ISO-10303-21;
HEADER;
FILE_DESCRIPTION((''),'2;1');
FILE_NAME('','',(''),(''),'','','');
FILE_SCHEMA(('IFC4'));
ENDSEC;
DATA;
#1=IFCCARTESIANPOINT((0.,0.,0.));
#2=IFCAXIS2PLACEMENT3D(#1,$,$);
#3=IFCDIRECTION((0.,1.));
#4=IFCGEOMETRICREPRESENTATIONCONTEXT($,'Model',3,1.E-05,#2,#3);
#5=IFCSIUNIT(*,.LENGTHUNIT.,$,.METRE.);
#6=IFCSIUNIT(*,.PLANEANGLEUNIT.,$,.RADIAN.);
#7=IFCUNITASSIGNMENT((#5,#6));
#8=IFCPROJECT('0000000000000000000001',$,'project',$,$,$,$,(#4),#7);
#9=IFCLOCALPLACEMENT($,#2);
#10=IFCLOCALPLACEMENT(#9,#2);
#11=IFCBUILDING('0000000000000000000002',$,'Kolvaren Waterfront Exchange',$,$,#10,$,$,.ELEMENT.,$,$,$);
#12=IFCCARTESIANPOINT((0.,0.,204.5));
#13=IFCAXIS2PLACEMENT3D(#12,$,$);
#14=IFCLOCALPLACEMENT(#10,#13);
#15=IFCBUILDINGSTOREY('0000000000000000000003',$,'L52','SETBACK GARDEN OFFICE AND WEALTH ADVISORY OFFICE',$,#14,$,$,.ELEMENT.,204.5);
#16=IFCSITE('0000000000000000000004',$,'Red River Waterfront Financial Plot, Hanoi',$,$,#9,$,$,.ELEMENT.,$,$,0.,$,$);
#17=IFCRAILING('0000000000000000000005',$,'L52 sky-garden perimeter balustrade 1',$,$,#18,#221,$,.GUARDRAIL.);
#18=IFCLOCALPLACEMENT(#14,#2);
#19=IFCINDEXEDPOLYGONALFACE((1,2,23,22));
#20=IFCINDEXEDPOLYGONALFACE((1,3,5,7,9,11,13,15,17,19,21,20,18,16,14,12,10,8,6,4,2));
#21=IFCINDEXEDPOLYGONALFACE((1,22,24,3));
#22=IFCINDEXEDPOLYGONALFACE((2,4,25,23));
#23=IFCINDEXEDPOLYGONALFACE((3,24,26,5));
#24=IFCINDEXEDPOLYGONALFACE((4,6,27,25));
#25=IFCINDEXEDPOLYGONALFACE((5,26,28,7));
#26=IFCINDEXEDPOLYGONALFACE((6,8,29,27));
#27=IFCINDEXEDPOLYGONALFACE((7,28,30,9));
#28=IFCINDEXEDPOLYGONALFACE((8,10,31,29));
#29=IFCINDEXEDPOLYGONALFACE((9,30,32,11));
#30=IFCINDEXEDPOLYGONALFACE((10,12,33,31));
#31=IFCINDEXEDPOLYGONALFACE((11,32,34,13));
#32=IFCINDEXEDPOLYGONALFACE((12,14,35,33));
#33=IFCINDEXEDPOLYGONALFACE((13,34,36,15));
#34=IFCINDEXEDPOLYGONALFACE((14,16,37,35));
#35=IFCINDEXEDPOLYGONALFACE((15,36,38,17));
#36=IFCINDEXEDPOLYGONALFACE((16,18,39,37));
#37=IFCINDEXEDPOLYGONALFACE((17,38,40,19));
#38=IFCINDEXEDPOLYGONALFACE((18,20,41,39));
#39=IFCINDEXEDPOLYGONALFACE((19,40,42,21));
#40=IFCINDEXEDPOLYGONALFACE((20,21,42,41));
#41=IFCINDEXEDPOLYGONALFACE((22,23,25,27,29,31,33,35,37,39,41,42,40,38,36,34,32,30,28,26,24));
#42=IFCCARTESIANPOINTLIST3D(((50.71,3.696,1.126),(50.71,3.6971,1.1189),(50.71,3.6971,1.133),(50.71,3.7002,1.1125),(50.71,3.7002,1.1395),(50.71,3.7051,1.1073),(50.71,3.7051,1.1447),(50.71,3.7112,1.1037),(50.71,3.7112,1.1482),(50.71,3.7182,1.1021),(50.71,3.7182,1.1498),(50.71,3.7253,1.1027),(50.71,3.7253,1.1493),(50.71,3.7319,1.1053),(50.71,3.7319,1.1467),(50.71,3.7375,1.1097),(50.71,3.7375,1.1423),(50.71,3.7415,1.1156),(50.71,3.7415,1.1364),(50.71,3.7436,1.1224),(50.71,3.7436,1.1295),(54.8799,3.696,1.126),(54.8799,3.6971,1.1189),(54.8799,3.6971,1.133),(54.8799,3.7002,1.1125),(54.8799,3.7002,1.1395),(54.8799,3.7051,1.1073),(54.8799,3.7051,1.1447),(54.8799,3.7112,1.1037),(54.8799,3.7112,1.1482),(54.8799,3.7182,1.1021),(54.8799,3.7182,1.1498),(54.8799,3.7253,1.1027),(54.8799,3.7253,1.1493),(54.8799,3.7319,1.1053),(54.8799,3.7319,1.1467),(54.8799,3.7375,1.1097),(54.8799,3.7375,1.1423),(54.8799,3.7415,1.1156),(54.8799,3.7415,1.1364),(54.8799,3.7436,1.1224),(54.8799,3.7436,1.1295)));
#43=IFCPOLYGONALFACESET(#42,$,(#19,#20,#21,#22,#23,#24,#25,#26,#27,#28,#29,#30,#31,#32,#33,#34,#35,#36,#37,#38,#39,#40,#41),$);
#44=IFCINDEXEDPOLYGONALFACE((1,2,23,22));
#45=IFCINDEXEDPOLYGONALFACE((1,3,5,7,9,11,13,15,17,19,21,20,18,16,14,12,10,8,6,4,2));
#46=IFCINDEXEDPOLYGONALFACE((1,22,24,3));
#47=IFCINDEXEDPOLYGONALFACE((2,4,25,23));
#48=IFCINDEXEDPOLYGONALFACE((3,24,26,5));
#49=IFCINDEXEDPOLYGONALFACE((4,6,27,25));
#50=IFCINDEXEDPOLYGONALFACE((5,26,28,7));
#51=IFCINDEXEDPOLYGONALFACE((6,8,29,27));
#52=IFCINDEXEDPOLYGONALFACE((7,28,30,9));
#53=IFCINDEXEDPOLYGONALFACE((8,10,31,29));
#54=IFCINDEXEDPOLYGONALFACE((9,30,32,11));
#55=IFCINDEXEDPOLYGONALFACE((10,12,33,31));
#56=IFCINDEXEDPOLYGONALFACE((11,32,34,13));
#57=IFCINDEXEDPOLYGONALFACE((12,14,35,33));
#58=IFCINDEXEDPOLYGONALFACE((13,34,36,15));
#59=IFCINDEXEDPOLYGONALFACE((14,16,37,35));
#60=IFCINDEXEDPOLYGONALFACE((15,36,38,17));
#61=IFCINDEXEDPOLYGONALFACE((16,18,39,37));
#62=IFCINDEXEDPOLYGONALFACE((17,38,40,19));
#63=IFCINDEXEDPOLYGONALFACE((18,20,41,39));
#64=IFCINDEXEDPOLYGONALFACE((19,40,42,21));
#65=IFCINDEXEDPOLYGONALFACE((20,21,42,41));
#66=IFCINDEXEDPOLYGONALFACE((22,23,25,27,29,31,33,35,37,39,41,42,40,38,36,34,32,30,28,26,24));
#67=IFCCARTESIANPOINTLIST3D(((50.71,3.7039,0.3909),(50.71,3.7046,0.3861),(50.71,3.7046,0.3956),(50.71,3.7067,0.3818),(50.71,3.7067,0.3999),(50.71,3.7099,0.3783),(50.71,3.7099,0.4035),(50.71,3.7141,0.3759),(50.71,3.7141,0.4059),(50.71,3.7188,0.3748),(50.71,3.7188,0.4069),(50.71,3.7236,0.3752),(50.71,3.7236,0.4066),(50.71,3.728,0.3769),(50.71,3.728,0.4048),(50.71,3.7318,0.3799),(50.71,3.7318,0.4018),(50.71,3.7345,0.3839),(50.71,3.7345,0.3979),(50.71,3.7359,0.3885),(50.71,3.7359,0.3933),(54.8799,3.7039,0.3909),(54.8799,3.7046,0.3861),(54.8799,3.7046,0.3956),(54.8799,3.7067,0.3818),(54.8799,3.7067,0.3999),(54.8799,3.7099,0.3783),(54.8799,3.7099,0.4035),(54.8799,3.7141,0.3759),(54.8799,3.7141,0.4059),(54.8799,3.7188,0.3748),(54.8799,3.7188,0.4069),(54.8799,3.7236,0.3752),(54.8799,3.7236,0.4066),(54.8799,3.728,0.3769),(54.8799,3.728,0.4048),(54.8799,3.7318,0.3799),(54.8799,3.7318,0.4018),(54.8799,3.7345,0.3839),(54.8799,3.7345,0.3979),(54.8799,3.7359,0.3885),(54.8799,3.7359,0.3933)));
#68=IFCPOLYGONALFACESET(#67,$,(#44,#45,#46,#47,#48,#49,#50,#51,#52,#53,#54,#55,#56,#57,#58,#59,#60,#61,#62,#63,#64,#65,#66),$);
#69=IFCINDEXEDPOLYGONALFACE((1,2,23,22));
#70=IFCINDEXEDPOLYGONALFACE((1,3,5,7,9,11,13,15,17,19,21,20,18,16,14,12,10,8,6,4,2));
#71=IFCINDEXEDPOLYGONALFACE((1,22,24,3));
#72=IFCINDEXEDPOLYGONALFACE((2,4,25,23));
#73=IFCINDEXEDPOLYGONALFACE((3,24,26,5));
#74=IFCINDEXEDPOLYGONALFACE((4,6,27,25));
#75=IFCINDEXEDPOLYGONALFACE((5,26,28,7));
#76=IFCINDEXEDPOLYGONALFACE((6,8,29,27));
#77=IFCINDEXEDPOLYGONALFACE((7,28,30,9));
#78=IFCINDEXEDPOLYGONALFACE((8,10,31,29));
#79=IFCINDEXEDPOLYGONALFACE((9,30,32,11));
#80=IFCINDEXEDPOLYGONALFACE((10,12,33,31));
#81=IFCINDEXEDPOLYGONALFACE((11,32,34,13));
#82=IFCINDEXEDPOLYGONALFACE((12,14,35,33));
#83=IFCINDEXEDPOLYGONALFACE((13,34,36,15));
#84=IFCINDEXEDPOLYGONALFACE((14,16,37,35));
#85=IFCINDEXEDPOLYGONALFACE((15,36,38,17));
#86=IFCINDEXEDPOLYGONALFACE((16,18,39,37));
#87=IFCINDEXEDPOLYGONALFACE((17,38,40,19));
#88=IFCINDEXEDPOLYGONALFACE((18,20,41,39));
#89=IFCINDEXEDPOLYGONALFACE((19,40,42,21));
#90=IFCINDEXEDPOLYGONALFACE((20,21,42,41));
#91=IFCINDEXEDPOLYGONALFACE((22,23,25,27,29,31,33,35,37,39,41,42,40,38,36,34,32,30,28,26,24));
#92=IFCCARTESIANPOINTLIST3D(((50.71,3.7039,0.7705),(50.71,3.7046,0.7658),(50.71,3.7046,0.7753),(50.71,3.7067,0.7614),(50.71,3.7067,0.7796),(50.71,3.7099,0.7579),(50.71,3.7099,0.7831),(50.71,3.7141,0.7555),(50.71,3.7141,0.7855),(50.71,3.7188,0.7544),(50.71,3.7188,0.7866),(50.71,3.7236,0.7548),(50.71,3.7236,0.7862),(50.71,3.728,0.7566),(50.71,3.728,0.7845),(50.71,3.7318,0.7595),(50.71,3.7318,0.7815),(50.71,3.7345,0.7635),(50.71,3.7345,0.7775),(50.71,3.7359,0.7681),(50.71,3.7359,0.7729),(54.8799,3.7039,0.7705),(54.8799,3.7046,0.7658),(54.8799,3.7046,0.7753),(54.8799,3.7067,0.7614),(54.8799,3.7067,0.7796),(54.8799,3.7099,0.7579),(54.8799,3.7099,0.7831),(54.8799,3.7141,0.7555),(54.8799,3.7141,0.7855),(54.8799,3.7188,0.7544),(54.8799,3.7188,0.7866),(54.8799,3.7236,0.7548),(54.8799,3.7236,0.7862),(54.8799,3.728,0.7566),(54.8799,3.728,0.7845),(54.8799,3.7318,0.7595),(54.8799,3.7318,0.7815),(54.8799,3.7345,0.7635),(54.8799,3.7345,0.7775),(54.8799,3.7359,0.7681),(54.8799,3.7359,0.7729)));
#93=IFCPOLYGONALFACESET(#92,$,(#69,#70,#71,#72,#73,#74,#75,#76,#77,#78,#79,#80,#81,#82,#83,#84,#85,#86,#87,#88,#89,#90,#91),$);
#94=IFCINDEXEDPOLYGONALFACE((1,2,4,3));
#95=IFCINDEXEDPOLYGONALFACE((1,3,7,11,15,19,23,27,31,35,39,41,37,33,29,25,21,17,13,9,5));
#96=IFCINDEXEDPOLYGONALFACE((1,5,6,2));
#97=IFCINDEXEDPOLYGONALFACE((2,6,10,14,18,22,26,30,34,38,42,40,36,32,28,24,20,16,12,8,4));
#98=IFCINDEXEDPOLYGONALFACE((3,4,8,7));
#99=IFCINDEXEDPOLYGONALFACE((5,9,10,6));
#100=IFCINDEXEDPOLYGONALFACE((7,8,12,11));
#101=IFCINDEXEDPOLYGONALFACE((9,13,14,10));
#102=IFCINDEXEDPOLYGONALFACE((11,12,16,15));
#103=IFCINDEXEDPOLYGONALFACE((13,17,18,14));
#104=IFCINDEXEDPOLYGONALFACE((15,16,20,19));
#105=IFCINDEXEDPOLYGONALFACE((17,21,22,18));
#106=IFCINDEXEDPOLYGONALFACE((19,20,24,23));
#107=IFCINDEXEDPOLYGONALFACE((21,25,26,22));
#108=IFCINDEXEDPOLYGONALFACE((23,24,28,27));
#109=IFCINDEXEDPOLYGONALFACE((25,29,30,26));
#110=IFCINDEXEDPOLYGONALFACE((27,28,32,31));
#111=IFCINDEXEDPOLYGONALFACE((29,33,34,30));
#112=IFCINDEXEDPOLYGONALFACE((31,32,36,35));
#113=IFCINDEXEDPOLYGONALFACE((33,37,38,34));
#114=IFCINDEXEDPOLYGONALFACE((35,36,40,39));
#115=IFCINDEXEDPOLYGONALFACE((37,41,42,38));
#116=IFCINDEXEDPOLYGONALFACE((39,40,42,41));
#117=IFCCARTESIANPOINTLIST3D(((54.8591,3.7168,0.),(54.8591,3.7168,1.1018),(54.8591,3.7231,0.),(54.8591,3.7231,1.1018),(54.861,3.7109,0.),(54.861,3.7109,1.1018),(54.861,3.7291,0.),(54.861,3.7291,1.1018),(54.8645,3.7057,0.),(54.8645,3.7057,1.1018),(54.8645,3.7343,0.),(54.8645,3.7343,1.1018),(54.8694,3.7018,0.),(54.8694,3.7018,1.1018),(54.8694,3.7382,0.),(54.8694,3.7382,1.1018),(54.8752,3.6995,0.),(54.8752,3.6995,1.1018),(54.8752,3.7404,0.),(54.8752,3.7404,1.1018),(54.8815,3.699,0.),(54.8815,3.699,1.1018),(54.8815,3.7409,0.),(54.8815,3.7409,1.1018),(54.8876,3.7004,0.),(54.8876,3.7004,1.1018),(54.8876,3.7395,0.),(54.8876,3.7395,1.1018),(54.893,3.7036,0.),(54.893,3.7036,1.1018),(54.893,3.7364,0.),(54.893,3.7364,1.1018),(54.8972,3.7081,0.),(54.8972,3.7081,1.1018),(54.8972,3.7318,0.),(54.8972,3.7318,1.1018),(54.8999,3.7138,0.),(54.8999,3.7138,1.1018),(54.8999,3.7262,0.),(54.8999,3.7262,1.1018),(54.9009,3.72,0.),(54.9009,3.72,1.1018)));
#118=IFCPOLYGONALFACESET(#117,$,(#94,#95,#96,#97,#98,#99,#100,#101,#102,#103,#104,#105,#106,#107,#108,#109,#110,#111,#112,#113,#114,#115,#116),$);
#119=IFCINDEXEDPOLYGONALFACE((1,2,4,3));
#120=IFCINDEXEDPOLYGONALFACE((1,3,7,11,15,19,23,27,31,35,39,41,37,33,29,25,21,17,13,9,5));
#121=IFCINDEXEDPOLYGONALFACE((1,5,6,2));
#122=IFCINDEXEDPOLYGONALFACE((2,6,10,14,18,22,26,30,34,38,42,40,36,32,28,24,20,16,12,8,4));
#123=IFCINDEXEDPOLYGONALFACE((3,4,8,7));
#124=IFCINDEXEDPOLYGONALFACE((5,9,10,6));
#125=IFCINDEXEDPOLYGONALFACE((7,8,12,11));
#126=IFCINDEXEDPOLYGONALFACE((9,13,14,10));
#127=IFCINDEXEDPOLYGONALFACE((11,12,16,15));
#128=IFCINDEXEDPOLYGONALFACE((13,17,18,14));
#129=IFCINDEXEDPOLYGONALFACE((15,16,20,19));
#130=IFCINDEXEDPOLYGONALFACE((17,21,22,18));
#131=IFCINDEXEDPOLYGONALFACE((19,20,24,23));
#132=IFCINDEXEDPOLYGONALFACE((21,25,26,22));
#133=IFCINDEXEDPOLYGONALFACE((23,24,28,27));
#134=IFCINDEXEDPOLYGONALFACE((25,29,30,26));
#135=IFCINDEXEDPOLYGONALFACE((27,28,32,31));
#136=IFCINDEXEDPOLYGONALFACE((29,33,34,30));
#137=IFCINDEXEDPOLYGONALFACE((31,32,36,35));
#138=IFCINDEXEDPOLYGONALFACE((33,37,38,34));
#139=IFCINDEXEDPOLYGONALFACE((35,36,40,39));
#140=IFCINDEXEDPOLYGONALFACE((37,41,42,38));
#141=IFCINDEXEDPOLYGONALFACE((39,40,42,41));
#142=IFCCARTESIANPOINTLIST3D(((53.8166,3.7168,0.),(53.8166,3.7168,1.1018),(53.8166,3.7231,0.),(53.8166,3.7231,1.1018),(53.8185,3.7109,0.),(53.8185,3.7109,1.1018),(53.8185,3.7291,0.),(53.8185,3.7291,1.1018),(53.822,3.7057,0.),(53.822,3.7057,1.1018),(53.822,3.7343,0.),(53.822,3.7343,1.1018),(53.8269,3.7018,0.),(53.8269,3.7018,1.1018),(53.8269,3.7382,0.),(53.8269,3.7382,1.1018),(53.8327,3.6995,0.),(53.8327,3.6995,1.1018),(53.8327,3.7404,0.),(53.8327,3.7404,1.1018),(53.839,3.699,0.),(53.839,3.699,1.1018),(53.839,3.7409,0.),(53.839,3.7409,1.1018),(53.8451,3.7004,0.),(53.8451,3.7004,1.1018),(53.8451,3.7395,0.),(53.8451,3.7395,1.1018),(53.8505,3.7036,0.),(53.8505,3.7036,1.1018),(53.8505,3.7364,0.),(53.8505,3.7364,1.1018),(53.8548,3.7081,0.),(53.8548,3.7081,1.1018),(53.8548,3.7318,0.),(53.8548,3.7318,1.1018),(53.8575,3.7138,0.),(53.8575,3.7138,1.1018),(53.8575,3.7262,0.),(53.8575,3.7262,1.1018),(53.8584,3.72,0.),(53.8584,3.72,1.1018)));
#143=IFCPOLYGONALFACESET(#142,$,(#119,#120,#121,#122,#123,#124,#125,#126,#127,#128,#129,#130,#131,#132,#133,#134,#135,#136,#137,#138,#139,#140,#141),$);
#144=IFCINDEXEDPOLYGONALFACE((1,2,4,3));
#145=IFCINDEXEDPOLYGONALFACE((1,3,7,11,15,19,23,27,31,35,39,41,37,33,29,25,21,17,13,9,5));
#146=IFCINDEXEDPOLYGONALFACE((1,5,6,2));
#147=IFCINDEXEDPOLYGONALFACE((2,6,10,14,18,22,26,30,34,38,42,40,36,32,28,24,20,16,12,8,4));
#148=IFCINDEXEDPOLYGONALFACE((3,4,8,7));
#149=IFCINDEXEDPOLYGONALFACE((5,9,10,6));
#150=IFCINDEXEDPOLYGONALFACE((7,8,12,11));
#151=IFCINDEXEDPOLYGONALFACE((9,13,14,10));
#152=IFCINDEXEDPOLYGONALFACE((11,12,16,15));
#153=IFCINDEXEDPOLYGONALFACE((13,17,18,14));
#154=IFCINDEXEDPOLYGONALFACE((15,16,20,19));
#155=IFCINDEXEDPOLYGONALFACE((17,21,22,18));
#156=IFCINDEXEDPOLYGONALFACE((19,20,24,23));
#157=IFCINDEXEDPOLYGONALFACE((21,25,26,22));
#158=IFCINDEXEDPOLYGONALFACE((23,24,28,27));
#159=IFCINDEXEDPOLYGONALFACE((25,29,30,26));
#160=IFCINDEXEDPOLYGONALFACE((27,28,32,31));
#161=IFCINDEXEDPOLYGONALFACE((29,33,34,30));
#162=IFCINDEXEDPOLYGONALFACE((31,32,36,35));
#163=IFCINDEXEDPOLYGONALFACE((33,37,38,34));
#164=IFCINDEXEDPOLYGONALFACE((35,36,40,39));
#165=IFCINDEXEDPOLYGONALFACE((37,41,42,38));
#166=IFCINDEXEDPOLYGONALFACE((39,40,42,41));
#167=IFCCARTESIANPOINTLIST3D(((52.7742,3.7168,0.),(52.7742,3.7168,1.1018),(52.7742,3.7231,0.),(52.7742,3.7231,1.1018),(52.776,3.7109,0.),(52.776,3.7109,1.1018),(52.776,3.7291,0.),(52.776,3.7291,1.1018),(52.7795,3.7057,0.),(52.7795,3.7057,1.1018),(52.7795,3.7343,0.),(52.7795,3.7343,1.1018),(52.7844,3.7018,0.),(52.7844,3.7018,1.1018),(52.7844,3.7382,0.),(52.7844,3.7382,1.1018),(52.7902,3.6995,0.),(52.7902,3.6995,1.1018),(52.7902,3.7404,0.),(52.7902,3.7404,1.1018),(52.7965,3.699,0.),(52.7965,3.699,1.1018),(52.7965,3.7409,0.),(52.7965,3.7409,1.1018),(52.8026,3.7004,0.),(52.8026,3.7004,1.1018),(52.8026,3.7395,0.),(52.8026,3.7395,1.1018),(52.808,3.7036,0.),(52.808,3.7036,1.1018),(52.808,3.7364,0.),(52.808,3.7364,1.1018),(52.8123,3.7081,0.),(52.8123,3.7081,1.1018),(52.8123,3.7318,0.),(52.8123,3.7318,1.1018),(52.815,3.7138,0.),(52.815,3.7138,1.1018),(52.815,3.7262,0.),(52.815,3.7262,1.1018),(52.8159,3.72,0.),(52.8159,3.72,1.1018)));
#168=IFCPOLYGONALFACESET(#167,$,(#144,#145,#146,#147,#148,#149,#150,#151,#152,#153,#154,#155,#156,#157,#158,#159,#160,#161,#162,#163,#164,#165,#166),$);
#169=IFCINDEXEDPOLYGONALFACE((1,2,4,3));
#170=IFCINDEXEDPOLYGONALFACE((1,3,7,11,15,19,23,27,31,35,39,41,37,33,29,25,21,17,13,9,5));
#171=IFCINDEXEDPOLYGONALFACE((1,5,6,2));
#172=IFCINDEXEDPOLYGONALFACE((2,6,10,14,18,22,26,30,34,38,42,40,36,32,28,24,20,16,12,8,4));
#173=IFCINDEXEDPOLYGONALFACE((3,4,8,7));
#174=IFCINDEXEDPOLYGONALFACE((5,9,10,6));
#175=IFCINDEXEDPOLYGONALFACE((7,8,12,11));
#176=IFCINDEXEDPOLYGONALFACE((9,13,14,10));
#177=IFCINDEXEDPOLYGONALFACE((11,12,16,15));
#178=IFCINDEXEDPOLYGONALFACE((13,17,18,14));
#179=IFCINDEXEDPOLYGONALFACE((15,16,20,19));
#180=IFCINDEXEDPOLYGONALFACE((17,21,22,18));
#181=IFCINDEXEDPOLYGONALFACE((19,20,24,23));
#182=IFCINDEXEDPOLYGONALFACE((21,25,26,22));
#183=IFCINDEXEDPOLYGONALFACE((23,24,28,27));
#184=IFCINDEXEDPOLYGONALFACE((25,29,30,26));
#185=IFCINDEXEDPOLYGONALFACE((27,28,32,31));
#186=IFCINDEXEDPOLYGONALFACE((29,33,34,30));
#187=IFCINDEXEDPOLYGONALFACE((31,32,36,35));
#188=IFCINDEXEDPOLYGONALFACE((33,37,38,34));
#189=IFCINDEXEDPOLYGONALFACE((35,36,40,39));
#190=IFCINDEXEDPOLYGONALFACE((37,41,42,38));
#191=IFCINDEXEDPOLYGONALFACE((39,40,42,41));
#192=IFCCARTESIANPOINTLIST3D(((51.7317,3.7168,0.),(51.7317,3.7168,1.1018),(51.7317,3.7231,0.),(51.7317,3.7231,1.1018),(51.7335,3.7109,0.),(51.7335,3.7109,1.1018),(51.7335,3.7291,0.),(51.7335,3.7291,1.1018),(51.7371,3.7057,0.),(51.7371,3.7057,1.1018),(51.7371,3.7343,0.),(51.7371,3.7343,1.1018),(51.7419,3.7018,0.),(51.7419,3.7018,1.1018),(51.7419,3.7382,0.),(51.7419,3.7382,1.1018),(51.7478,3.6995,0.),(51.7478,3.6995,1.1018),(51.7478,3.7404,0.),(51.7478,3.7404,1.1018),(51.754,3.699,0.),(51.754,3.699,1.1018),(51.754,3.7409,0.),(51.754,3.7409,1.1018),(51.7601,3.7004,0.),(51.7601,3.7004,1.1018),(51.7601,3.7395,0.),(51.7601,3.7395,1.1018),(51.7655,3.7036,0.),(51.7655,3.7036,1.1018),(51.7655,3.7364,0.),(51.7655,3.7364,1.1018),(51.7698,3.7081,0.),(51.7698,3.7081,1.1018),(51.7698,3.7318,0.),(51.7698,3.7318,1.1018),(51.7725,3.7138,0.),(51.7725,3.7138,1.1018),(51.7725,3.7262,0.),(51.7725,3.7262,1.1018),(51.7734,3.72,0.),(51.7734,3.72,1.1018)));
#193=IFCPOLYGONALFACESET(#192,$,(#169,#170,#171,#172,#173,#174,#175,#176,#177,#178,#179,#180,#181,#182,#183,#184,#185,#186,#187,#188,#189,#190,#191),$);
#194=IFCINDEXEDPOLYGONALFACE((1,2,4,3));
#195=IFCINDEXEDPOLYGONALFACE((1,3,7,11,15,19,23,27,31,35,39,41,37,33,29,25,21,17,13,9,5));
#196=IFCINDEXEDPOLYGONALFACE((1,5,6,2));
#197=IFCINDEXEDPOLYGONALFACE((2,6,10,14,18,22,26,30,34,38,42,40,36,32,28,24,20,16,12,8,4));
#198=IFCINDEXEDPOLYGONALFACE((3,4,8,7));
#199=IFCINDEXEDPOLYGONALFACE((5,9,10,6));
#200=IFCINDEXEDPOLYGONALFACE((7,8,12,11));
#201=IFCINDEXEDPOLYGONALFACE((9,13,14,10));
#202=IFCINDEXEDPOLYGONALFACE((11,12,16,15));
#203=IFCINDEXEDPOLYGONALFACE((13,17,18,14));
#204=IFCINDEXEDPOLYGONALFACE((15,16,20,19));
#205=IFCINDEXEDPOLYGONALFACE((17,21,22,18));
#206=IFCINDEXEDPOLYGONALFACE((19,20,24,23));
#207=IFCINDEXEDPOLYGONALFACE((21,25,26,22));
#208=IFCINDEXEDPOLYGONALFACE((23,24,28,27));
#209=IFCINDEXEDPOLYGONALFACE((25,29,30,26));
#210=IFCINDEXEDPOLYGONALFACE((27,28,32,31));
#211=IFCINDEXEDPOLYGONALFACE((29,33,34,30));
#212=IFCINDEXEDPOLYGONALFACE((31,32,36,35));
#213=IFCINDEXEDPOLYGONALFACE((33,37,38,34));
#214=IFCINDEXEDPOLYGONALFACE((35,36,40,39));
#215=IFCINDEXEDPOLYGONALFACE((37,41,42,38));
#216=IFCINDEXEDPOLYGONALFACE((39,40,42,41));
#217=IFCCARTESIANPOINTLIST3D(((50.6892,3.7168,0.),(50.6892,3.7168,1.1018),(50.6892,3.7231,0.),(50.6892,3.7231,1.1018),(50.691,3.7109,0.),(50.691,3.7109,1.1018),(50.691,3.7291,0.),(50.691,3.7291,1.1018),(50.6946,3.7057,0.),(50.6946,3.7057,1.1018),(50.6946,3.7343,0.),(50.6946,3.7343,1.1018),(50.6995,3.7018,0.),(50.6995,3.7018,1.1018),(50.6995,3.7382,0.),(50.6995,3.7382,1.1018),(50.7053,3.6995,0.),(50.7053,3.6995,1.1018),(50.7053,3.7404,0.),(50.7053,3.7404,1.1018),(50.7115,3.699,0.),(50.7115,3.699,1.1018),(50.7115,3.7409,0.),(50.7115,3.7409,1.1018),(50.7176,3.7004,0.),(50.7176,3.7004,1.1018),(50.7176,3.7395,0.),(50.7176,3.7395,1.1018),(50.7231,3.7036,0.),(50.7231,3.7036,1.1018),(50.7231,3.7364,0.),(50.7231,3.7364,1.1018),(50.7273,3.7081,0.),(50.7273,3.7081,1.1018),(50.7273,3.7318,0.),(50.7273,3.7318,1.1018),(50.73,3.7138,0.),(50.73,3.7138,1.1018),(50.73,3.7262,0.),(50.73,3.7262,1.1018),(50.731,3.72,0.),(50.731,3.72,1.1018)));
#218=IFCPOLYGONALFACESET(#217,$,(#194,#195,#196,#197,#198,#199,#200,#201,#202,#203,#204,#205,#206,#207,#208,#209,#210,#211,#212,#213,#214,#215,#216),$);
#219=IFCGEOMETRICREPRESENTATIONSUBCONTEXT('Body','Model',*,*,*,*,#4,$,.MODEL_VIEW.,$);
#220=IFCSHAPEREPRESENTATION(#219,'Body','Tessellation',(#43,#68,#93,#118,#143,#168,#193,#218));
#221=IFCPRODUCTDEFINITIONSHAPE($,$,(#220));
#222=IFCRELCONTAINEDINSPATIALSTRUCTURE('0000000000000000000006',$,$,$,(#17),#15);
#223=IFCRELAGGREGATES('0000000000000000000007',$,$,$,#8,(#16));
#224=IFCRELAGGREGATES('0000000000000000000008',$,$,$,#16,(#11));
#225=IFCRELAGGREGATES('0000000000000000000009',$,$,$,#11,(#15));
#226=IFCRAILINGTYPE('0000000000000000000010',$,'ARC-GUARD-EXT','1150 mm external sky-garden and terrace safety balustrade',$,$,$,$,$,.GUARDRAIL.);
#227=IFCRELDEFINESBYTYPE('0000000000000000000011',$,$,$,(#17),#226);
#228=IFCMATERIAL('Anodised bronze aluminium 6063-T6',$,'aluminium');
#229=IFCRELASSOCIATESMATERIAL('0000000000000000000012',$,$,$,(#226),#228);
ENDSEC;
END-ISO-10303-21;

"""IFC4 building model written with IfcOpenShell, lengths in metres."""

from ifc_helpers import new_model, si_unit, direction, frame, origin, origin_2d, place, context, subcontext, project, spatial, circle, extrude, material, type_object, element, save


model = new_model("IFC4")

# Units and contexts
model_context = context("Model", 3, precision=1e-05, world=origin(), true_north=direction((0.0, 1.0)))
body_context = subcontext(model_context, "Body", "Model", "MODEL_VIEW")
ifc_project = project(units=[si_unit("LENGTHUNIT", "METRE"), si_unit("PLANEANGLEUNIT", "RADIAN")], contexts=[model_context])

# Site, building, storey
site_placement = place(None, origin())
site = spatial("IfcSite", under=ifc_project, at=site_placement, Name="Red River Waterfront Financial Plot, Hanoi", CompositionType="ELEMENT", RefElevation=0.0)
building_placement = place(site_placement, origin())
building = spatial("IfcBuilding", under=site, at=building_placement, Name="Kolvaren Waterfront Exchange", CompositionType="ELEMENT")
storey_placement = place(building_placement, frame((0.0, 0.0, 204.5)))
storey = spatial("IfcBuildingStorey", under=building, at=storey_placement, Name="L52", Description="SETBACK GARDEN OFFICE AND WEALTH ADVISORY OFFICE", CompositionType="ELEMENT", Elevation=204.5)

# Shared definitions
ifc_material_1 = material(Name="Anodised bronze aluminium 6063-T6", Category="aluminium")

# Railing
railing_type = type_object("IfcRailingType", Name="ARC-GUARD-EXT", Description="1150 mm external sky-garden and terrace safety balustrade", PredefinedType="GUARDRAIL", material=ifc_material_1)
railing_1_placement = place(storey_placement, frame((54.8799, 3.72, 0.0)))
element("IfcRailing", 1, at=railing_1_placement, inside=storey, type_object=railing_type, Name="L52 sky-garden perimeter balustrade 1", PredefinedType="GUARDRAIL", context=body_context, shape_type="SweptSolid", body=[
    extrude(circle(Radius=0.0239, at=origin_2d()), frame((0.0, 0.0, 1.126), z_axis=(-1.0, 0.0, 0.0), x_axis=(0.0, -1.0, 0.0)), (0.0, 0.0, 1.0), 4.1699),
    extrude(circle(Radius=0.0161, at=origin_2d()), frame((0.0, 0.0, 0.3909), z_axis=(-1.0, 0.0, 0.0), x_axis=(0.0, -1.0, 0.0)), (0.0, 0.0, 1.0), 4.1699),
    extrude(circle(Radius=0.0161, at=origin_2d()), frame((0.0, 0.0, 0.7705), z_axis=(-1.0, 0.0, 0.0), x_axis=(0.0, -1.0, 0.0)), (0.0, 0.0, 1.0), 4.1699),
    extrude(circle(Radius=0.021, at=origin_2d()), origin(), (0.0, 0.0, 1.0), 1.1018),
    extrude(circle(Radius=0.021, at=origin_2d()), frame((-1.0425, 0.0, 0.0)), (0.0, 0.0, 1.0), 1.1018),
    extrude(circle(Radius=0.021, at=origin_2d()), frame((-2.085, 0.0, 0.0)), (0.0, 0.0, 1.0), 1.1018),
    extrude(circle(Radius=0.021, at=origin_2d()), frame((-3.1274, 0.0, 0.0)), (0.0, 0.0, 1.0), 1.1018),
    extrude(circle(Radius=0.021, at=origin_2d()), frame((-4.1699, 0.0, 0.0)), (0.0, 0.0, 1.0), 1.1018),
])

save(model, "model.ifc")
